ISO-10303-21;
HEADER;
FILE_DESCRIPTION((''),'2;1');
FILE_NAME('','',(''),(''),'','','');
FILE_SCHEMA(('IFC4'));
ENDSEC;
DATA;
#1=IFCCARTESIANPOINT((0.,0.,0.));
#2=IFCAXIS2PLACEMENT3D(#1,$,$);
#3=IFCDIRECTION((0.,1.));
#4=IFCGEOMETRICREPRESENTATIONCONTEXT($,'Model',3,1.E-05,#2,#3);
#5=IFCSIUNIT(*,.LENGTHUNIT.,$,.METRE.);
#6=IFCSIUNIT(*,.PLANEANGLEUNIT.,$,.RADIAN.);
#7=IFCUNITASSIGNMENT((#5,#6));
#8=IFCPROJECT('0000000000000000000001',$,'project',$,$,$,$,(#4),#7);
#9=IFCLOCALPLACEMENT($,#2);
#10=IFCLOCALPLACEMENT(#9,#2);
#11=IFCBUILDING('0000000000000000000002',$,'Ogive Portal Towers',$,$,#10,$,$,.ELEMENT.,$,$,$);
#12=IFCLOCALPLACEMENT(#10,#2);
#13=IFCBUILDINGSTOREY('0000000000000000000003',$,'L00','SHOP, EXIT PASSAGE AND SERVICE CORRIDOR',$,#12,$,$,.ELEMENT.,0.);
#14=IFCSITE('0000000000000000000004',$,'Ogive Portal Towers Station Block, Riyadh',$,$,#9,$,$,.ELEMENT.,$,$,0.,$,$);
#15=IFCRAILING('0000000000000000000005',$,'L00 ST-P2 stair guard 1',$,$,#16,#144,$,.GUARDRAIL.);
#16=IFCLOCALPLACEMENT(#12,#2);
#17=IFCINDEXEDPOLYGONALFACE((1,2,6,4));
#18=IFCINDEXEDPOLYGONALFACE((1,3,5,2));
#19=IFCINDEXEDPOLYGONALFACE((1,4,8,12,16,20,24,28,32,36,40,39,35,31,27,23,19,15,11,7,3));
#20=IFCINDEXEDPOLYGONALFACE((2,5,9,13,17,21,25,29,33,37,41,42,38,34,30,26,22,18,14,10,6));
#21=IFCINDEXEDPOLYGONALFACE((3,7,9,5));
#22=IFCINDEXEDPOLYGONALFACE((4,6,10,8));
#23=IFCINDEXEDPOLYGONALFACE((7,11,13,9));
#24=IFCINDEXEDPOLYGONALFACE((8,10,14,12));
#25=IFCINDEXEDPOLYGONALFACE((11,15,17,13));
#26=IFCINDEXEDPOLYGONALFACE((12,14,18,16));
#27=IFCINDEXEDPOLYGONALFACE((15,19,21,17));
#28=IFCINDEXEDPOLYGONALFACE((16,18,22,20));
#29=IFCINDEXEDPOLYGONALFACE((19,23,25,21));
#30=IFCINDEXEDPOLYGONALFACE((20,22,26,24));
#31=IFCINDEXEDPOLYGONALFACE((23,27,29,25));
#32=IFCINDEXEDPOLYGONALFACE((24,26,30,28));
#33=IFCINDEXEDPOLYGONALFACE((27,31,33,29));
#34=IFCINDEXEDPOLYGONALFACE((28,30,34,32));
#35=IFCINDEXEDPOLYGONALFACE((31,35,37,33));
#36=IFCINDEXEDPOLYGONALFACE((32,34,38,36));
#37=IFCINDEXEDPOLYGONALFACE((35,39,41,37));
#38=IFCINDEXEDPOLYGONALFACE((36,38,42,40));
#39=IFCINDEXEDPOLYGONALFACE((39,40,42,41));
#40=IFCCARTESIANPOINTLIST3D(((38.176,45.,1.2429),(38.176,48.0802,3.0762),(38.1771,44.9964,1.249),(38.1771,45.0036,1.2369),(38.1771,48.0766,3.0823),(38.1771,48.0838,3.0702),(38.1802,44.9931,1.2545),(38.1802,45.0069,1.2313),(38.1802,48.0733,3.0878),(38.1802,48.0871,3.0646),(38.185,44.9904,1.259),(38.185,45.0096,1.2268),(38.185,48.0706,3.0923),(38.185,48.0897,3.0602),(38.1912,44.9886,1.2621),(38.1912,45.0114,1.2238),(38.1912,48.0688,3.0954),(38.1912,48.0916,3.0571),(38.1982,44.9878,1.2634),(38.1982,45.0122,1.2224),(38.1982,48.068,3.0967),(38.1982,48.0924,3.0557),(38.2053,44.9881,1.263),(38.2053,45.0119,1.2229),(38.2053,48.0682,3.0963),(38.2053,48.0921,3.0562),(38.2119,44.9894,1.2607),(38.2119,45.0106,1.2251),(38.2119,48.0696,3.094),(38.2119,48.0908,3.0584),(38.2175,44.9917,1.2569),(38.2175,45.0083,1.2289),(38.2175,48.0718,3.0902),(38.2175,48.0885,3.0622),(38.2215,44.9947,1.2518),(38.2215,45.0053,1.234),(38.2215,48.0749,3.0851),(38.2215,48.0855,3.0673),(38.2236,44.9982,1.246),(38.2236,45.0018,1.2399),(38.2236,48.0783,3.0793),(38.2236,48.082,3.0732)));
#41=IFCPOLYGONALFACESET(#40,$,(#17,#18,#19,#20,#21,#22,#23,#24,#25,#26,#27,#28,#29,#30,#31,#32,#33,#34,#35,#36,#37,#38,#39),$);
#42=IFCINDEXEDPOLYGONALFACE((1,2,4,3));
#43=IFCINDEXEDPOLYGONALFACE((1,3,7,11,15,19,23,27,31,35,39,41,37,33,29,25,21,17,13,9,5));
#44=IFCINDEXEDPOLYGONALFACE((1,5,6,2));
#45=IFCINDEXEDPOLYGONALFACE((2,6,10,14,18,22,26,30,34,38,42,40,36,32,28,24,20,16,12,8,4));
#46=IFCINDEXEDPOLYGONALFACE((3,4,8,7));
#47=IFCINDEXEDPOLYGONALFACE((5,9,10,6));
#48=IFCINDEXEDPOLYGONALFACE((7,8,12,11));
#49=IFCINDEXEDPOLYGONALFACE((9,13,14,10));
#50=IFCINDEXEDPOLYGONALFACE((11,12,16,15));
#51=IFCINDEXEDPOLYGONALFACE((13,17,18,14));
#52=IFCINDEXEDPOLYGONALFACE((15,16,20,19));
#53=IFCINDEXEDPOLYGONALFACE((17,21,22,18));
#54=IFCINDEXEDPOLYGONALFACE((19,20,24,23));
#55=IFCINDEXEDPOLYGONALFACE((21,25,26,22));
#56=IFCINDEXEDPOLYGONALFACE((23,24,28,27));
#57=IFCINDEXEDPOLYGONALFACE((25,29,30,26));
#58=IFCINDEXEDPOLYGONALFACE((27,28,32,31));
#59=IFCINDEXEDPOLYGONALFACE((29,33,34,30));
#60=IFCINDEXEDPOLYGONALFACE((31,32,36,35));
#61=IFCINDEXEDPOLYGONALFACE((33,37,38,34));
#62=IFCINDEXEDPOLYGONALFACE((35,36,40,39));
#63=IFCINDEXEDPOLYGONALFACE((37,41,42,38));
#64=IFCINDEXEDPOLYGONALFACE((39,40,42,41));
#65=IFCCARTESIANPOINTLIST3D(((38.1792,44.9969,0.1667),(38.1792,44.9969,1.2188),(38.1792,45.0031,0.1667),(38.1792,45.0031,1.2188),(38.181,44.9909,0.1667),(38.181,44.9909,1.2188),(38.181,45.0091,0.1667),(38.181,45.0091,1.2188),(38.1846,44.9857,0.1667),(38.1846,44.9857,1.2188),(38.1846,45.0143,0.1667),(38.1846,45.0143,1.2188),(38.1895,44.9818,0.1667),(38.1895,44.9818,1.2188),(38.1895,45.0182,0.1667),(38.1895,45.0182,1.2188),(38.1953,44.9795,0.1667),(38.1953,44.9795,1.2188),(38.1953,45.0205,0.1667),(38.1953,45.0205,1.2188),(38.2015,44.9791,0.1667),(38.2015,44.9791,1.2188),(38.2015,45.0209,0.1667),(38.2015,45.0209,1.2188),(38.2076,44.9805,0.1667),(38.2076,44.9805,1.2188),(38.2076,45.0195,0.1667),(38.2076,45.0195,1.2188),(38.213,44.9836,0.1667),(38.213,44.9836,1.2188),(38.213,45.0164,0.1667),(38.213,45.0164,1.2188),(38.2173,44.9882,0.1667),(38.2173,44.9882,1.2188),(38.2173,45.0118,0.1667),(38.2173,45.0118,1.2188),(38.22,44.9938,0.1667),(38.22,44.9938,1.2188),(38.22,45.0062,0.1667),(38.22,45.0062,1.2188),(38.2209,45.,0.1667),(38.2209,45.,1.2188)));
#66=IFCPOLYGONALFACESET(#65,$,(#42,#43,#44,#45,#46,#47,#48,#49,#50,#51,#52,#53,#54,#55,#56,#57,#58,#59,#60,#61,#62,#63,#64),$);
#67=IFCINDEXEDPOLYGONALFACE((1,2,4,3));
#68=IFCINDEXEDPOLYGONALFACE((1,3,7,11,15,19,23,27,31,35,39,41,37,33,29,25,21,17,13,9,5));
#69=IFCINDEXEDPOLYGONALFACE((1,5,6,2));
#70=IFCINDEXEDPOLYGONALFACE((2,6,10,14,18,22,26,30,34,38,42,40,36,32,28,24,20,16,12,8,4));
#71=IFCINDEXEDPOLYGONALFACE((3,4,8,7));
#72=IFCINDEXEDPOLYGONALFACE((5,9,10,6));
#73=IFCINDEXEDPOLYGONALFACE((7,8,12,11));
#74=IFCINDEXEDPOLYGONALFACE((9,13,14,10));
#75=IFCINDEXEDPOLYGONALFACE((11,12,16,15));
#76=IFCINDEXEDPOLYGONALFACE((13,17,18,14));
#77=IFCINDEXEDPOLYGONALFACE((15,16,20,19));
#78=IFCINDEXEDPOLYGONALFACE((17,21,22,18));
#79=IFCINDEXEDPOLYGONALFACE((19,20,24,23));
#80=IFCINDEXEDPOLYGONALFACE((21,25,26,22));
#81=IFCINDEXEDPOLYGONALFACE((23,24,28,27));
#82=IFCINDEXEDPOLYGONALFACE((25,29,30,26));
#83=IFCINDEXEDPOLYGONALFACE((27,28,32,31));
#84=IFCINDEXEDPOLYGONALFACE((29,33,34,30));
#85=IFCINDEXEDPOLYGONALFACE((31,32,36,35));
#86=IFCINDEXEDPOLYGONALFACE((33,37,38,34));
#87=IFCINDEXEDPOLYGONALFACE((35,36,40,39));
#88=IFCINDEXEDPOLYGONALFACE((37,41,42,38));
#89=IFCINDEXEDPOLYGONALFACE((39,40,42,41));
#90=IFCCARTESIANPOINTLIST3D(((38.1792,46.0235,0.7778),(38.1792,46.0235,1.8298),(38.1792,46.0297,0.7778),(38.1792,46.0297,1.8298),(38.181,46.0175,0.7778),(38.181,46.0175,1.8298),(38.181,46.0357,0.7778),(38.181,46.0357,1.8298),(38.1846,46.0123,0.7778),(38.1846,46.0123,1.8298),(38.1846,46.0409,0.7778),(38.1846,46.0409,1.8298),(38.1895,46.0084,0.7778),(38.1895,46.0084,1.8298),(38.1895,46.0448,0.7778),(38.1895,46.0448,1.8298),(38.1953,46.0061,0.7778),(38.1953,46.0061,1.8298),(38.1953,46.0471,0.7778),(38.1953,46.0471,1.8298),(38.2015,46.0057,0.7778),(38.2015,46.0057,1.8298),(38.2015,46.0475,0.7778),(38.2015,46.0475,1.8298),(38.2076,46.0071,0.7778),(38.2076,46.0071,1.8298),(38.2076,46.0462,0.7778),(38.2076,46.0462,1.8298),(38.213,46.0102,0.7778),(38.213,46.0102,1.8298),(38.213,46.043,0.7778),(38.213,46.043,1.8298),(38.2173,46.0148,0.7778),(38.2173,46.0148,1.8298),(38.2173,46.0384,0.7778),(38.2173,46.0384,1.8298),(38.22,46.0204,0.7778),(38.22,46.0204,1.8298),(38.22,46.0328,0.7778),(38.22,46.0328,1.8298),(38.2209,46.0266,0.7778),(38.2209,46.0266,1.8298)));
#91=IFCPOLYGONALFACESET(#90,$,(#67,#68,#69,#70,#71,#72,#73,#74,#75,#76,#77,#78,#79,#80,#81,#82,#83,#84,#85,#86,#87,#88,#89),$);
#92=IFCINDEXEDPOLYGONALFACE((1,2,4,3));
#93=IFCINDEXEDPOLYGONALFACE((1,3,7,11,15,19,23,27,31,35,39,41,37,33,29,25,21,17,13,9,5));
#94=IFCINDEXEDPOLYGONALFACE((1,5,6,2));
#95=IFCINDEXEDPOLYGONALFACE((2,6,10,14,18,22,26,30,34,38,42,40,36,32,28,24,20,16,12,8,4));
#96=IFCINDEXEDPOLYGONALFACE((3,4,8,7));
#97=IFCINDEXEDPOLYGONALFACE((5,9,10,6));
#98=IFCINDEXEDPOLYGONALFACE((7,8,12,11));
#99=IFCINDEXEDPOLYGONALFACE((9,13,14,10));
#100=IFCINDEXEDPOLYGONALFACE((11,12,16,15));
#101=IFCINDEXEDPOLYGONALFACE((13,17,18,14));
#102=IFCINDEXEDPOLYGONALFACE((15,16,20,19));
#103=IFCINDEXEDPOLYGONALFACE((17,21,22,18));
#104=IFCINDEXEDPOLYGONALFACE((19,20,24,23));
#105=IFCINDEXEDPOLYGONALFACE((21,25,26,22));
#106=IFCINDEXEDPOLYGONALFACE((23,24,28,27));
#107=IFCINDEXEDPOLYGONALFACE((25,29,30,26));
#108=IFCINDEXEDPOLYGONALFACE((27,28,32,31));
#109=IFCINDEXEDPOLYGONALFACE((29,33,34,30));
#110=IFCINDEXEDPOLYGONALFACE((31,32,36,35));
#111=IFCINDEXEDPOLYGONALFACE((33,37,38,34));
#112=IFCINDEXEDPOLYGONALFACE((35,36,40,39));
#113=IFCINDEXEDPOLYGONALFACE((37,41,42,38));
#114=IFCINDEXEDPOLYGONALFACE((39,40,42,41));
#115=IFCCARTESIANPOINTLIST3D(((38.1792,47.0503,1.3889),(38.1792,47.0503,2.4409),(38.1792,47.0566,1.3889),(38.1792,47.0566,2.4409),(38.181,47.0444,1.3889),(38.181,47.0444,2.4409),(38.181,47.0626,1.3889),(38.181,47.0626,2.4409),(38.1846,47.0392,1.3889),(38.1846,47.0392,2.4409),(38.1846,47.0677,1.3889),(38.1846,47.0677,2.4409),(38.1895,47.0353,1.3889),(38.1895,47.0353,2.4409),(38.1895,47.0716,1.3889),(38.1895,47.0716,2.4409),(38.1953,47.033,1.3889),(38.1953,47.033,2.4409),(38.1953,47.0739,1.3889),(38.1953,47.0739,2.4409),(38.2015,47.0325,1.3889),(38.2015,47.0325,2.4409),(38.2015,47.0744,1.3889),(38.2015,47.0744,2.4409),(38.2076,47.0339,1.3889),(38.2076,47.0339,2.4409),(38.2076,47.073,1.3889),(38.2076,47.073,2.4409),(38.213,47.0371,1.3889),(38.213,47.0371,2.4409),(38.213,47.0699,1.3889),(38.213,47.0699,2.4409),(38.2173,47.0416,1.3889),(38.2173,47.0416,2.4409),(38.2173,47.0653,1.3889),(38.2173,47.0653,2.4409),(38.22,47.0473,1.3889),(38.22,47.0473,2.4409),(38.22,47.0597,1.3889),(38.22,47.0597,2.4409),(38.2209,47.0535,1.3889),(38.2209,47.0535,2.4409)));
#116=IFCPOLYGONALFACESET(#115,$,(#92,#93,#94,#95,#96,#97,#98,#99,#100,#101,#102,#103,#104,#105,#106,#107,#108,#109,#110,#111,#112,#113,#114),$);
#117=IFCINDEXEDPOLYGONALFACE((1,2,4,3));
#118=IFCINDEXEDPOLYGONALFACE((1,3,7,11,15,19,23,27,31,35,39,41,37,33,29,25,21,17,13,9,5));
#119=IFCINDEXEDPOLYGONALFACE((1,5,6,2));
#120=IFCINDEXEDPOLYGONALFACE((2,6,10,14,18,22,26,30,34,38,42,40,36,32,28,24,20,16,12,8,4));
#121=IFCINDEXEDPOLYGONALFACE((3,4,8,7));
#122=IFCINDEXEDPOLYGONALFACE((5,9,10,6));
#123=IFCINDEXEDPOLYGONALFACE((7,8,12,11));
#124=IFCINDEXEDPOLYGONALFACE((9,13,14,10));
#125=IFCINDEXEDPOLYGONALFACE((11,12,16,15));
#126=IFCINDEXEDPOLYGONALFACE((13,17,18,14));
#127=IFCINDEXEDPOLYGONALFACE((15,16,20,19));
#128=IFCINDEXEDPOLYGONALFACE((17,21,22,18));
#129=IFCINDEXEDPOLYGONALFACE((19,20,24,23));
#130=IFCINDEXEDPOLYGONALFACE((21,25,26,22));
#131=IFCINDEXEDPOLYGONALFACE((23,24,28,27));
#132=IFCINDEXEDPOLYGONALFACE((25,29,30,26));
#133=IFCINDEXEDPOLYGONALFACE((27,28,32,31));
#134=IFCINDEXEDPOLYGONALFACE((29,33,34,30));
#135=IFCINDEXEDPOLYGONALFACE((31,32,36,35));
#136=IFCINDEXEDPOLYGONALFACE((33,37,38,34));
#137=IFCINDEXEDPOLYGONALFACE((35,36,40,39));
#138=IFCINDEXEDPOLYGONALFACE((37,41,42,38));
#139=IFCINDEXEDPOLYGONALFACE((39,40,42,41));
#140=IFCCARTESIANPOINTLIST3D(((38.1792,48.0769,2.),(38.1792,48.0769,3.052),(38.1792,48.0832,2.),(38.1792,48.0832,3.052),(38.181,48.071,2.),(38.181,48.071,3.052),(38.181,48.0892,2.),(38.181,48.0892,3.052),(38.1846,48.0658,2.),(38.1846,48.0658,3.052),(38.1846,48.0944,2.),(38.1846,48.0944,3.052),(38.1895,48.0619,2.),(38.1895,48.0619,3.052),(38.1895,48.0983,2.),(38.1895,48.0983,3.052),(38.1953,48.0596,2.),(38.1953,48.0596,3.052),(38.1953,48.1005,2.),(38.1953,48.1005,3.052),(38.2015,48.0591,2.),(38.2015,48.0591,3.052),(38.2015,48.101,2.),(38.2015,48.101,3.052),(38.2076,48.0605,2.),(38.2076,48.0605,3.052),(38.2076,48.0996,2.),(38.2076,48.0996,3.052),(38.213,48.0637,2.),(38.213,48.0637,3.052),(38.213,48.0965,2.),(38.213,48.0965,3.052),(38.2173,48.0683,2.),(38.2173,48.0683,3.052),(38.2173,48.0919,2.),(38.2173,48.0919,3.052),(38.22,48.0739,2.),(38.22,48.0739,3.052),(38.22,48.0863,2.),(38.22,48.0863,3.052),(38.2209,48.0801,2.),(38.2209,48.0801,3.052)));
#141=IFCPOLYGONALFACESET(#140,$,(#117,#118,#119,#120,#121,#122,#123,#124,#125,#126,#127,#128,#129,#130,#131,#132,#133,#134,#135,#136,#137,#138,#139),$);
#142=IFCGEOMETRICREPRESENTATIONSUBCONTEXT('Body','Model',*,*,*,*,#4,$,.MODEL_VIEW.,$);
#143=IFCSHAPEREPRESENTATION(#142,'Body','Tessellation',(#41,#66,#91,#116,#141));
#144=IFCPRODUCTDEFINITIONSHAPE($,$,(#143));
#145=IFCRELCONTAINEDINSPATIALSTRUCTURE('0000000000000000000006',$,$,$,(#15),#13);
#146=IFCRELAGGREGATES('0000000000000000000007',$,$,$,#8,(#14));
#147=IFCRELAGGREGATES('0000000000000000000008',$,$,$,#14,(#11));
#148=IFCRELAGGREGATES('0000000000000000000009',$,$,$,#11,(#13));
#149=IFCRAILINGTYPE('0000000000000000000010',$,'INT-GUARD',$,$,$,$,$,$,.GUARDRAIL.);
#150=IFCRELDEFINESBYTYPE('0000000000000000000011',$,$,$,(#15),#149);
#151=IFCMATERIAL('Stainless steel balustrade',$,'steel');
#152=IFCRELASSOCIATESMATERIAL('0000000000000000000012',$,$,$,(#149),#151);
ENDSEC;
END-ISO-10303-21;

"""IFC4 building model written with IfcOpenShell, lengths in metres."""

from ifc_helpers import new_model, si_unit, direction, frame, origin, origin_2d, place, context, subcontext, project, spatial, circle, extrude, material, type_object, element, save


model = new_model("IFC4")

# Units and contexts
model_context = context("Model", 3, precision=1e-05, world=origin(), true_north=direction((0.0, 1.0)))
body_context = subcontext(model_context, "Body", "Model", "MODEL_VIEW")
ifc_project = project(units=[si_unit("LENGTHUNIT", "METRE"), si_unit("PLANEANGLEUNIT", "RADIAN")], contexts=[model_context])

# Site, building, storey
site_placement = place(None, origin())
site = spatial("IfcSite", under=ifc_project, at=site_placement, Name="Ogive Portal Towers Station Block, Riyadh", CompositionType="ELEMENT", RefElevation=0.0)
building_placement = place(site_placement, origin())
building = spatial("IfcBuilding", under=site, at=building_placement, Name="Ogive Portal Towers", CompositionType="ELEMENT")
storey_placement = place(building_placement, origin())
storey = spatial("IfcBuildingStorey", under=building, at=storey_placement, Name="L00", Description="SHOP, EXIT PASSAGE AND SERVICE CORRIDOR", CompositionType="ELEMENT", Elevation=0.0)

# Railing
ifc_material_1 = material(Name="Stainless steel balustrade", Category="steel")
railing_type_1 = type_object("IfcRailingType", Name="INT-GUARD", PredefinedType="GUARDRAIL", material=ifc_material_1)
railing_1_placement = place(storey_placement, frame((38.2, 45.0, 0.1667)))
element("IfcRailing", 1, at=railing_1_placement, inside=storey, type_object=railing_type_1, Name="L00 ST-P2 stair guard 1", PredefinedType="GUARDRAIL", context=body_context, shape_type="SweptSolid", body=[
    extrude(circle(Radius=0.0239, at=origin_2d()), frame((0.0, 0.0, 1.0762), z_axis=(0.0, 0.859309, 0.511458), x_axis=(-1.0, 0.0, 0.0)), (0.0, 0.0, 1.0), 3.5845),
    extrude(circle(Radius=0.021, at=origin_2d()), origin(), (0.0, 0.0, 1.0), 1.052),
    extrude(circle(Radius=0.021, at=origin_2d()), frame((0.0, 1.0266, 0.6111)), (0.0, 0.0, 1.0), 1.052),
    extrude(circle(Radius=0.021, at=origin_2d()), frame((0.0, 2.0535, 1.2222)), (0.0, 0.0, 1.0), 1.052),
    extrude(circle(Radius=0.021, at=origin_2d()), frame((0.0, 3.0801, 1.8333)), (0.0, 0.0, 1.0), 1.052),
])

save(model, "model.ifc")
